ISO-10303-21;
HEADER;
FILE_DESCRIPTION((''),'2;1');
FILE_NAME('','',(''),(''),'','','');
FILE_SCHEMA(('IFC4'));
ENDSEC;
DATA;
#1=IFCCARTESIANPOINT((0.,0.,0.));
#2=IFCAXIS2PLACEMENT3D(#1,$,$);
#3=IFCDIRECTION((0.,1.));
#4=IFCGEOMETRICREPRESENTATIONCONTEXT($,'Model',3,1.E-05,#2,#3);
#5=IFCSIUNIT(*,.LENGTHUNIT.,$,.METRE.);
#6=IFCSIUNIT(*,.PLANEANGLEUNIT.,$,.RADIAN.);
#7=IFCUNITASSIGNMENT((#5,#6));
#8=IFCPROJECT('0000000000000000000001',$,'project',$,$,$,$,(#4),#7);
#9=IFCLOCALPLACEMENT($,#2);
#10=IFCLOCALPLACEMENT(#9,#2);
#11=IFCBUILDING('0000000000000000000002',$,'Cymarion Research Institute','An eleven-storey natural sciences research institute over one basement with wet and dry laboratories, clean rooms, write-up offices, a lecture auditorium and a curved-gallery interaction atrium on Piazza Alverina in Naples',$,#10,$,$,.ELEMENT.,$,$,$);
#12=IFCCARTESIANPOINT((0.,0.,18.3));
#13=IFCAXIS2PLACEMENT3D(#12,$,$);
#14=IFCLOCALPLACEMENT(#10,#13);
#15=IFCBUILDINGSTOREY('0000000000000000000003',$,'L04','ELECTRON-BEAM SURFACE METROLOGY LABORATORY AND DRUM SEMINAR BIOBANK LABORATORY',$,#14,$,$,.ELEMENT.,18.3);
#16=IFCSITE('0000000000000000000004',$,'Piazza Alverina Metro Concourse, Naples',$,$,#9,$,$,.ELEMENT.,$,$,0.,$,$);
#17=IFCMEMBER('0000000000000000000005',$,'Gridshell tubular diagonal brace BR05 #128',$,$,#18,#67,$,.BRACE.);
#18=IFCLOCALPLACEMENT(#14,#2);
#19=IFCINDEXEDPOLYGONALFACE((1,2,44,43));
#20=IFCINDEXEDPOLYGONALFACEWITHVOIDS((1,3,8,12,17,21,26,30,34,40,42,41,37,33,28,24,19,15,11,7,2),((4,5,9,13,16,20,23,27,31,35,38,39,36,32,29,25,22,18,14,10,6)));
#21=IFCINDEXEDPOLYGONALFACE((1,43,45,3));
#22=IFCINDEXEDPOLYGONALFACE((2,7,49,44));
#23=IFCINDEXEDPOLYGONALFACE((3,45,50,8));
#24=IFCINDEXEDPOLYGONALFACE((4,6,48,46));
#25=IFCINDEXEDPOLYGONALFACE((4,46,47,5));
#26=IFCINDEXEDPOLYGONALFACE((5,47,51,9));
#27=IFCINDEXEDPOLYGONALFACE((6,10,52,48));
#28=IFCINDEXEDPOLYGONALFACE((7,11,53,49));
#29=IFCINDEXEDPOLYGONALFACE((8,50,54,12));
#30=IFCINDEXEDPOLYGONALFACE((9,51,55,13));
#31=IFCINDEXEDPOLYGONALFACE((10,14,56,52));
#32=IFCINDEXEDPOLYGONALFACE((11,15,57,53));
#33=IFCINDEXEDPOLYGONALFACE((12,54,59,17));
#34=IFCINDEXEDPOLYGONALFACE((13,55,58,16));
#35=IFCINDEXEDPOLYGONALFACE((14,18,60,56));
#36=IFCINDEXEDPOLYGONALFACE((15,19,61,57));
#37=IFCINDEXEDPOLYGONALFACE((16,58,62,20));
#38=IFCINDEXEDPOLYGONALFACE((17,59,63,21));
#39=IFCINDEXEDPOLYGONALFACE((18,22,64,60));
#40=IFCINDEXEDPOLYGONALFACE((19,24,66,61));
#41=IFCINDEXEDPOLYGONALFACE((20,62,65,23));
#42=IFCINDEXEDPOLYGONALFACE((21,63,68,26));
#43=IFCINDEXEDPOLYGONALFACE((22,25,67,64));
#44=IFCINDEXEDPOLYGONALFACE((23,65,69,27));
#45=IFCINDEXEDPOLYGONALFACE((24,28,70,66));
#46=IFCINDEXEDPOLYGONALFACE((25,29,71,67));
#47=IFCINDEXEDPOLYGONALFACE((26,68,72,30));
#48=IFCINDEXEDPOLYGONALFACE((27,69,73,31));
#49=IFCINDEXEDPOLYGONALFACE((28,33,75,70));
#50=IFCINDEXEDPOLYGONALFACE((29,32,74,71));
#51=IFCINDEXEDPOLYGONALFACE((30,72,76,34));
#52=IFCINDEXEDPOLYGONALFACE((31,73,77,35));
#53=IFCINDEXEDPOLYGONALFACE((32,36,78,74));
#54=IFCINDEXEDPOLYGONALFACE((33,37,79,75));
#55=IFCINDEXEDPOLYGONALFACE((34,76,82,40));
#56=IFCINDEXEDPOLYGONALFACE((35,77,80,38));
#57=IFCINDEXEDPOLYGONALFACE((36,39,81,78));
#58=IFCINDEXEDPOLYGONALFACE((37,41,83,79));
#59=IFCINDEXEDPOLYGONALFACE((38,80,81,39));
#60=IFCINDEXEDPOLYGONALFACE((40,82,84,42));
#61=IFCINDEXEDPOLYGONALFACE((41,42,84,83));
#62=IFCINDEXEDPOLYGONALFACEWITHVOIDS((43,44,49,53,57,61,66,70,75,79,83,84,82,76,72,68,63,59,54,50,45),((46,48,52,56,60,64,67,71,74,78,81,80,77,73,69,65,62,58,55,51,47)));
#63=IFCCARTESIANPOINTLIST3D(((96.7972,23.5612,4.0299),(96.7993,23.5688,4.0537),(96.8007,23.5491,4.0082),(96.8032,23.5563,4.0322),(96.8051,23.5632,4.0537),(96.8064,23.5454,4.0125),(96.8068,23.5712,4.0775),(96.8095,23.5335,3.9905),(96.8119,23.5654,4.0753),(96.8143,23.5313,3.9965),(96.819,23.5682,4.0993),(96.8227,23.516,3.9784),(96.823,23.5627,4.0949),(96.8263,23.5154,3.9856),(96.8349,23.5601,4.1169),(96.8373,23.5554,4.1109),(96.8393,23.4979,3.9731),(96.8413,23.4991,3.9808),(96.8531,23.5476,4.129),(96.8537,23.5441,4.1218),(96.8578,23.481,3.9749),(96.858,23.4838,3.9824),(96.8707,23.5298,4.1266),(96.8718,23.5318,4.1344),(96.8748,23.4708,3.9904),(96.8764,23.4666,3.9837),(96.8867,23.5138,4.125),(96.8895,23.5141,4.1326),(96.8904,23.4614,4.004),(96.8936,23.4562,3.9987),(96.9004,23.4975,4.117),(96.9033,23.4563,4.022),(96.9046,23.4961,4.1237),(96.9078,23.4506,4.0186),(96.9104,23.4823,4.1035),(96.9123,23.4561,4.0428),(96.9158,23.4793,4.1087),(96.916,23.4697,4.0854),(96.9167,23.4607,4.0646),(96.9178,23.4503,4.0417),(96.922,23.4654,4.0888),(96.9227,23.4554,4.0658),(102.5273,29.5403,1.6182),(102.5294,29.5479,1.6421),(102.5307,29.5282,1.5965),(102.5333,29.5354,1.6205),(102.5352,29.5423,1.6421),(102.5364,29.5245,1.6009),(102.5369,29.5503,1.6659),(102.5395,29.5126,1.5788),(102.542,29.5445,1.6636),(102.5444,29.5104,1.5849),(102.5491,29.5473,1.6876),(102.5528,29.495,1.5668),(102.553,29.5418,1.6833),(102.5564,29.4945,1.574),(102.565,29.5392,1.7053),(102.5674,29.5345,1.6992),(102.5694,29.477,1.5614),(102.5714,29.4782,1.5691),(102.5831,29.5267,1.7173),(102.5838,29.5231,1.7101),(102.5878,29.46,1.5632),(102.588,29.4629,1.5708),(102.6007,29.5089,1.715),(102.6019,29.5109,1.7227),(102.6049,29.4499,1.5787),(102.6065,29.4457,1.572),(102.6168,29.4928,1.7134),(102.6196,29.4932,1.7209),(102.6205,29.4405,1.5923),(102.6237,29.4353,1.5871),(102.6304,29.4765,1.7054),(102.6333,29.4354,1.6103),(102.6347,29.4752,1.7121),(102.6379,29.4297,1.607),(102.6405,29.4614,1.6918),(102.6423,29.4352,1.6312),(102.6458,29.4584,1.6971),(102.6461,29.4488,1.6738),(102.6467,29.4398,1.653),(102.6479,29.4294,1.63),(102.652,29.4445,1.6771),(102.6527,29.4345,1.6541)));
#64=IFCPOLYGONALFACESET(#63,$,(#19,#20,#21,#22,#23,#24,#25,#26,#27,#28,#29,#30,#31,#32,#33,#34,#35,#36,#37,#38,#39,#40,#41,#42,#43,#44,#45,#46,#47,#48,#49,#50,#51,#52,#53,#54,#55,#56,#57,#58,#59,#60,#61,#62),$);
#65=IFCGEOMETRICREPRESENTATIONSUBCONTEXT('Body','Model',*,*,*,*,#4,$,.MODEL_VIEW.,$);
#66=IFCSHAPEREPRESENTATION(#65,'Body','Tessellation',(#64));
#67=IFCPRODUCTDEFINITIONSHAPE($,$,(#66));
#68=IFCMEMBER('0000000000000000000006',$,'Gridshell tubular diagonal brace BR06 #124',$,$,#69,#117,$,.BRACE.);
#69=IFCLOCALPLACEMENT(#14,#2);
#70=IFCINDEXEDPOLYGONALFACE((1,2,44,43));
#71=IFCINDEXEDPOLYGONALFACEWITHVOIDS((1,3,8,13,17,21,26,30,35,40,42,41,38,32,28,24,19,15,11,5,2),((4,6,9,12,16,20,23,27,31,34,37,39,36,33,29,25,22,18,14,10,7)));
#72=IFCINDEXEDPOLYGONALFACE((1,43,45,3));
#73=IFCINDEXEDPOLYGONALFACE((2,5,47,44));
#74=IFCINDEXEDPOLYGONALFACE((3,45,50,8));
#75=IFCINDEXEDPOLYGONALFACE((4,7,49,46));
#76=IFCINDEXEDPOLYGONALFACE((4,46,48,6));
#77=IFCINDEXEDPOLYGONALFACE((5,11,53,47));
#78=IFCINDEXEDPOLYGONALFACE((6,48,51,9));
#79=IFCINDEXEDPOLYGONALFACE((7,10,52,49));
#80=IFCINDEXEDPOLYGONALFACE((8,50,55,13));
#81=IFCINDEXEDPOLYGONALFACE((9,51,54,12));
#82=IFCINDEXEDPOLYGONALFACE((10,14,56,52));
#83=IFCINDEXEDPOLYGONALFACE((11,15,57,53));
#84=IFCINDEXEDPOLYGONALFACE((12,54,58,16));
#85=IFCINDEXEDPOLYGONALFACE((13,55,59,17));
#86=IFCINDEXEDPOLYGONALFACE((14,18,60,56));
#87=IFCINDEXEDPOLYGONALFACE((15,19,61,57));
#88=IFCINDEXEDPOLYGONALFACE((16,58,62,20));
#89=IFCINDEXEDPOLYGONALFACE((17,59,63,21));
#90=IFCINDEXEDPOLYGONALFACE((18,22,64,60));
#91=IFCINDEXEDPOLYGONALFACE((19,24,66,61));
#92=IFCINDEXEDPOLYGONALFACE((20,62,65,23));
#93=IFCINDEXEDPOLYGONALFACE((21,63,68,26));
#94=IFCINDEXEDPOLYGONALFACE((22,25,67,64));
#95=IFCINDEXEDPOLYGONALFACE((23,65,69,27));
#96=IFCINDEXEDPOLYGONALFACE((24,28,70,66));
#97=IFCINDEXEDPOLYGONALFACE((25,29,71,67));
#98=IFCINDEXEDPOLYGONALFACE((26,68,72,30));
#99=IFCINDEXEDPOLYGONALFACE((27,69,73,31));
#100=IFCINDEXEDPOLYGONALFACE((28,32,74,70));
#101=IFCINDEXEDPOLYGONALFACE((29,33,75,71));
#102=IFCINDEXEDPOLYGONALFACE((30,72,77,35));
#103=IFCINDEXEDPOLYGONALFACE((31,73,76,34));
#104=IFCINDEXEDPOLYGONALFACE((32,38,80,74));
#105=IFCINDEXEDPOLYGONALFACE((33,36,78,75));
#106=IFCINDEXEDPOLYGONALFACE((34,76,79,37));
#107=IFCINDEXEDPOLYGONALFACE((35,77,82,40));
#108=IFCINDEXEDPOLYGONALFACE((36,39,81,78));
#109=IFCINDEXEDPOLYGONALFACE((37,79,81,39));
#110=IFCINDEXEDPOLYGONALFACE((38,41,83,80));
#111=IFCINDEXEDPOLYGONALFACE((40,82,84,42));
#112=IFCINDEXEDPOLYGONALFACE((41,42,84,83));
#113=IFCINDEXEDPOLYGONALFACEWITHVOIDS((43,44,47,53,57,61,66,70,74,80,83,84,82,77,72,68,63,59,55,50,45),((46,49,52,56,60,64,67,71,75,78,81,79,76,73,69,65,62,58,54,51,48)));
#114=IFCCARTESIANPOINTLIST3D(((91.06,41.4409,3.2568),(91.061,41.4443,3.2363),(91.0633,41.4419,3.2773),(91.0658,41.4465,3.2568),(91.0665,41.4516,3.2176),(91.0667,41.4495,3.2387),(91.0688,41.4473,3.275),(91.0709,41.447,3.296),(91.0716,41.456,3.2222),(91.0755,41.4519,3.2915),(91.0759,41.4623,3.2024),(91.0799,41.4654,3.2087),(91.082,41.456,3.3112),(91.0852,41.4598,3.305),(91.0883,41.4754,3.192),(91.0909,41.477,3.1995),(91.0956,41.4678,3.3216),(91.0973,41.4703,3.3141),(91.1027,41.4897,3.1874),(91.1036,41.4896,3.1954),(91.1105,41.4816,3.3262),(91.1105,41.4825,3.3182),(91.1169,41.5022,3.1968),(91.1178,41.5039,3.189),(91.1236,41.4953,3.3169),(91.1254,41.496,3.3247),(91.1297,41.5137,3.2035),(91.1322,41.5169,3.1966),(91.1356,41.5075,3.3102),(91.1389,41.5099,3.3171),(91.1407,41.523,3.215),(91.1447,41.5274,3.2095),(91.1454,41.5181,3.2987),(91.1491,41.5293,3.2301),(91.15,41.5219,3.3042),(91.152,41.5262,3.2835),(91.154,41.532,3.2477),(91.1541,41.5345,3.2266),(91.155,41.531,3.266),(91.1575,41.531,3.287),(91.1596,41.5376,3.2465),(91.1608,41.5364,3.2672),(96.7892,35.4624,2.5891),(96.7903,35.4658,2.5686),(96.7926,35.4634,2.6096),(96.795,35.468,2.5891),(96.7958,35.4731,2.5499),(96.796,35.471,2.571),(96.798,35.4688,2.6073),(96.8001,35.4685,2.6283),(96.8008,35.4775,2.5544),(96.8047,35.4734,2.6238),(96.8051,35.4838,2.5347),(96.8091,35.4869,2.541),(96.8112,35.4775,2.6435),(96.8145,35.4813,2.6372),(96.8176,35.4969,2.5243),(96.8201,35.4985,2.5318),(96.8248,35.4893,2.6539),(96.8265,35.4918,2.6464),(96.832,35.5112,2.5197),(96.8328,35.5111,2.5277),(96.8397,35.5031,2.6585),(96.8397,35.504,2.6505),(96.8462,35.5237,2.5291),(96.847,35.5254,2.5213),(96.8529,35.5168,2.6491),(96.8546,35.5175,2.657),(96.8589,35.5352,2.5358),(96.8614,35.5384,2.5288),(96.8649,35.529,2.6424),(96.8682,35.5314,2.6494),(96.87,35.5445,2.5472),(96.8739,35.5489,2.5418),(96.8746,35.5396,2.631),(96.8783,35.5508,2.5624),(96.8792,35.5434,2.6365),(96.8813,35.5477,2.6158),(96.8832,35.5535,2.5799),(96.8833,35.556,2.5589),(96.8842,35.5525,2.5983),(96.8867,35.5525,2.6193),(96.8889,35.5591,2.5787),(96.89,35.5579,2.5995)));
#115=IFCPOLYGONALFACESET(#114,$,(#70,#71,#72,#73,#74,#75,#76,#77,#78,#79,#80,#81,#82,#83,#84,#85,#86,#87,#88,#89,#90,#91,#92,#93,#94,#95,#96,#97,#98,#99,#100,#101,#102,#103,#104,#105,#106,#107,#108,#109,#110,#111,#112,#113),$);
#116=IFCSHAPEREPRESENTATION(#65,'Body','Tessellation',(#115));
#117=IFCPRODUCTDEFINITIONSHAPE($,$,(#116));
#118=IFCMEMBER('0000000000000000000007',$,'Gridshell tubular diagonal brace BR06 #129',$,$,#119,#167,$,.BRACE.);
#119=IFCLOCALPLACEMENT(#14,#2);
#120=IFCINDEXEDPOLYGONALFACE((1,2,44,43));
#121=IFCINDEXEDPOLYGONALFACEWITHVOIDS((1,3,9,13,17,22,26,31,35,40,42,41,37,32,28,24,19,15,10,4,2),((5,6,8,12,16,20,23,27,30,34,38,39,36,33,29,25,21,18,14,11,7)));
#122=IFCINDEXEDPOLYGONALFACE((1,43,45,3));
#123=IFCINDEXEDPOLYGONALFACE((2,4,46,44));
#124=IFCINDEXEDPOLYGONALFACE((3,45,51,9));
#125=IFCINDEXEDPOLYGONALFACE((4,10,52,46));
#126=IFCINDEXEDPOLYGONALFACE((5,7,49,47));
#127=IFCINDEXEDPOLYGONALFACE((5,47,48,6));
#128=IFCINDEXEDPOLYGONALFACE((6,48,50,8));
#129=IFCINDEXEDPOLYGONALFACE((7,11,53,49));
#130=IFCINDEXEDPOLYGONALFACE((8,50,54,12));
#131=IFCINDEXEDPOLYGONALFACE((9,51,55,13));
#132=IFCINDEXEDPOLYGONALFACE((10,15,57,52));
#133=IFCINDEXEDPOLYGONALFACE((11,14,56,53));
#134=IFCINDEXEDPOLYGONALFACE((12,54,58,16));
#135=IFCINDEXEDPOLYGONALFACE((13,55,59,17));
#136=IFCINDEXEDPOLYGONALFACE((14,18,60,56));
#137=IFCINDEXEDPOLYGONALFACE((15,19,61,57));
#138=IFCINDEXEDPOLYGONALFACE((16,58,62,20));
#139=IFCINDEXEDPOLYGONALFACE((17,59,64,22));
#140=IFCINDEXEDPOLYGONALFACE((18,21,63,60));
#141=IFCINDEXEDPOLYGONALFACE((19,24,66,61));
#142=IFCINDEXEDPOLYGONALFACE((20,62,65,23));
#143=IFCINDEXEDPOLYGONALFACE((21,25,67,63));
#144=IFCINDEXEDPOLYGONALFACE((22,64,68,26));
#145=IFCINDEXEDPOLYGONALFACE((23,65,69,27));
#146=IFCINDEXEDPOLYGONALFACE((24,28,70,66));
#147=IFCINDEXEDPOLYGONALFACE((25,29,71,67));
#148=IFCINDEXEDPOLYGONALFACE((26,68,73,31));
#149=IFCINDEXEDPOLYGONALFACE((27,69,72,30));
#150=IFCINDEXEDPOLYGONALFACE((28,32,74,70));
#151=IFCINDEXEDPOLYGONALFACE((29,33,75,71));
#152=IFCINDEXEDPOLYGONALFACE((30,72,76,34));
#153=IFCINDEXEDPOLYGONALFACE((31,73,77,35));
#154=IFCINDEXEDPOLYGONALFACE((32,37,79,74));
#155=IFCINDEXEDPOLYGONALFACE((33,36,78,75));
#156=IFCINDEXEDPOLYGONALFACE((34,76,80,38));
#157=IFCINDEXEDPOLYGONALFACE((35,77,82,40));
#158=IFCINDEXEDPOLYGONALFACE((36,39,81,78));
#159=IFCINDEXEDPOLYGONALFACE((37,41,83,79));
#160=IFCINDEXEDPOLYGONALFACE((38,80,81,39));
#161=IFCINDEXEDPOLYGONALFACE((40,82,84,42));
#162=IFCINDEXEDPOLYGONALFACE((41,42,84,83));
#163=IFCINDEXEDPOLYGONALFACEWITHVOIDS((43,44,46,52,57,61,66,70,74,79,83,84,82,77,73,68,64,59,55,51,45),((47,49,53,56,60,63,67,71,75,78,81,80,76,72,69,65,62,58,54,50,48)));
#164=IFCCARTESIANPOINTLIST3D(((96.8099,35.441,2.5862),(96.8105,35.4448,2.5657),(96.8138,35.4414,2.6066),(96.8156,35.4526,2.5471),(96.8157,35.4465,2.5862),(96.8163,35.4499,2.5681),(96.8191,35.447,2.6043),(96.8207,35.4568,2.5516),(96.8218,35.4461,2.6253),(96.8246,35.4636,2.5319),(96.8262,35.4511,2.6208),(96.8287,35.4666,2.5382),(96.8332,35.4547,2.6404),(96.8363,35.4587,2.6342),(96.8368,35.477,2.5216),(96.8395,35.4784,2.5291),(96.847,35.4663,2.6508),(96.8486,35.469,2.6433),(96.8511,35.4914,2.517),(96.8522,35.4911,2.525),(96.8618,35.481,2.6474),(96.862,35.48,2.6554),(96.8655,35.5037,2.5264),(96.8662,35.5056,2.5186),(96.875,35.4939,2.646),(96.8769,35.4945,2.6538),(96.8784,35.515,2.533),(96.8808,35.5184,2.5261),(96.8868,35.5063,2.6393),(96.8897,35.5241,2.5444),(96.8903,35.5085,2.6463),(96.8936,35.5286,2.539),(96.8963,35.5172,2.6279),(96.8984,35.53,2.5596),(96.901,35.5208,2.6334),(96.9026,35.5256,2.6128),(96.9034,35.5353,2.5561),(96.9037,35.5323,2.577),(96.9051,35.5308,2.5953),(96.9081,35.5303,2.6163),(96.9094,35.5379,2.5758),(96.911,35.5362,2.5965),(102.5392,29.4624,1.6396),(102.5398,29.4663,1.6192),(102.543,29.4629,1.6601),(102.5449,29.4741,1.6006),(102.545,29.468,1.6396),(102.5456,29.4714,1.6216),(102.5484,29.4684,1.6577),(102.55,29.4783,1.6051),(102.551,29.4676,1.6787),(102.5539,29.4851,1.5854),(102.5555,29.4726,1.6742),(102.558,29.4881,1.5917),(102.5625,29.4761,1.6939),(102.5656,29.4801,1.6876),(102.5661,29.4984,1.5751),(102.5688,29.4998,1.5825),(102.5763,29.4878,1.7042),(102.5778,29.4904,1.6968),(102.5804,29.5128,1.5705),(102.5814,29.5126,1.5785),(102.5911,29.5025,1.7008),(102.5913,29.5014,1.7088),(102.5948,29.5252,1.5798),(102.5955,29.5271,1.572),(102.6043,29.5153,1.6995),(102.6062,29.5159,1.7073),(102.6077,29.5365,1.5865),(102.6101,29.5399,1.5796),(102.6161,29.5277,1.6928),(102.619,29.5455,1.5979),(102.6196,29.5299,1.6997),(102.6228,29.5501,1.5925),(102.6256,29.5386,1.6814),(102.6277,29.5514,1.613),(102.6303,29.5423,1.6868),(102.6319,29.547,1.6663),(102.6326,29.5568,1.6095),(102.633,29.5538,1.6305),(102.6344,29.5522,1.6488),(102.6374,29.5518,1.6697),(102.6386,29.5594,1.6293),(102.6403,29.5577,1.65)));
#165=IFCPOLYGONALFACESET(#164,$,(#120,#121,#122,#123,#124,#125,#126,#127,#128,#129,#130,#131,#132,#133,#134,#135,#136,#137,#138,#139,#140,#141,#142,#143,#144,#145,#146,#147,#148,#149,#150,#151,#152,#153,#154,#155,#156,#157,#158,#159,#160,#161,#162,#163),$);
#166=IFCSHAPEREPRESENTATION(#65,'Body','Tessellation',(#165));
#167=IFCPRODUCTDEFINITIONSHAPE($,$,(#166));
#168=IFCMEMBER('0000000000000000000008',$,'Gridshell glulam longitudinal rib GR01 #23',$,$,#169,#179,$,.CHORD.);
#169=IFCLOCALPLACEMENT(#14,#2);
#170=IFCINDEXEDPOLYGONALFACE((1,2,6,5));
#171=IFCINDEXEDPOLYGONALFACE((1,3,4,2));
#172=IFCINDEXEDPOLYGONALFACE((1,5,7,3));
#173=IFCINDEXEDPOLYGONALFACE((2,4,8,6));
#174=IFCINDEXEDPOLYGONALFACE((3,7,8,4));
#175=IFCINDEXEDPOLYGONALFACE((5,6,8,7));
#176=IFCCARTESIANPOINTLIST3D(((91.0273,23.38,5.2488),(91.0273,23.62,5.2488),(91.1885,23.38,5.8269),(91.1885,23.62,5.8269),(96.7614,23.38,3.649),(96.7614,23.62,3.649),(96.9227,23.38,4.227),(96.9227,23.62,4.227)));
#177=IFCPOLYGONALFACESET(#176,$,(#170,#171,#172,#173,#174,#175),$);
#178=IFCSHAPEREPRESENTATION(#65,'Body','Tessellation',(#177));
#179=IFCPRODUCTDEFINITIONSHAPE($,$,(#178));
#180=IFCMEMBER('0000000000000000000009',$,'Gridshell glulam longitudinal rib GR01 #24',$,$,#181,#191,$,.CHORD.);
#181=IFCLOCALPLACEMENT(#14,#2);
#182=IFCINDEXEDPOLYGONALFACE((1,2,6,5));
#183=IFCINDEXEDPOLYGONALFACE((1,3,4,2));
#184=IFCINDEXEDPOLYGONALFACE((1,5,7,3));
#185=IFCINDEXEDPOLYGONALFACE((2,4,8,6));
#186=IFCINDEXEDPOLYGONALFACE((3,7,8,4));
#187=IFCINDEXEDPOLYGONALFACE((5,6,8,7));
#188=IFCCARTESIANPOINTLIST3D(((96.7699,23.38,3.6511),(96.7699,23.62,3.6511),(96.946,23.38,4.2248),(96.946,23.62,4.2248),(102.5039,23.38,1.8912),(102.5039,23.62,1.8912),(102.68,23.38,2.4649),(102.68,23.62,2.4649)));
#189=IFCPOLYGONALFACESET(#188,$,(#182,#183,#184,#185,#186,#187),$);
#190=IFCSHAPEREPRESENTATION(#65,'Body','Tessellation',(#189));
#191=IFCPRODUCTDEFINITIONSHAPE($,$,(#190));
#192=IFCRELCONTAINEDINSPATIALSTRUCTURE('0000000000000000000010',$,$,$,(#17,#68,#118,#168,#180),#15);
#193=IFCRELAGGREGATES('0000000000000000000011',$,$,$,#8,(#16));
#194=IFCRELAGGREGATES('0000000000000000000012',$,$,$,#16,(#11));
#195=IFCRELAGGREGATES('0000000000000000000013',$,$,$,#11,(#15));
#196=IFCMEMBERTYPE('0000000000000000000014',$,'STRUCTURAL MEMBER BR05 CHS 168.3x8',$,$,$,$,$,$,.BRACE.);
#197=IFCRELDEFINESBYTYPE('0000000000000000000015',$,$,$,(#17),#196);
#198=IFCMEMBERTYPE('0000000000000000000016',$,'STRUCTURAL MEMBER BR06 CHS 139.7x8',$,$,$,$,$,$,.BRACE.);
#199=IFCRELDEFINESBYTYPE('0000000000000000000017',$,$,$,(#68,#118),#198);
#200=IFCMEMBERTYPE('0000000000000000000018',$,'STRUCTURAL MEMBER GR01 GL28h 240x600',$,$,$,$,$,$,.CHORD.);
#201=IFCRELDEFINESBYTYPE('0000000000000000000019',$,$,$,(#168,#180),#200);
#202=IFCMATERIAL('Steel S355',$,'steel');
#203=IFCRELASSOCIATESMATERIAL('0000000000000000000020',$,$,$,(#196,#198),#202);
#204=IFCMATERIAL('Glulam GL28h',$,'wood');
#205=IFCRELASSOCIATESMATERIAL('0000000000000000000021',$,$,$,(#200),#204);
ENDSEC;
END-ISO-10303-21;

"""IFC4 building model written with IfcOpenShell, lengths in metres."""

from ifc_helpers import new_model, si_unit, direction, frame, origin, origin_2d, place, context, subcontext, project, spatial, rectangle, hollow_circle, extrude, material, material_profile, profile_set, type_object, element, save


model = new_model("IFC4")

# Units and contexts
model_context = context("Model", 3, precision=1e-05, world=origin(), true_north=direction((0.0, 1.0)))
body_context = subcontext(model_context, "Body", "Model", "MODEL_VIEW")
ifc_project = project(units=[si_unit("LENGTHUNIT", "METRE"), si_unit("PLANEANGLEUNIT", "RADIAN")], contexts=[model_context])

# Site, building, storey
site_placement = place(None, origin())
site = spatial("IfcSite", under=ifc_project, at=site_placement, Name="Piazza Alverina Metro Concourse, Naples", CompositionType="ELEMENT", RefElevation=0.0)
building_placement = place(site_placement, origin())
building = spatial("IfcBuilding", under=site, at=building_placement, Name="Cymarion Research Institute", Description="An eleven-storey natural sciences research institute over one basement with wet and dry laboratories, clean rooms, write-up offices, a lecture auditorium and a curved-gallery interaction atrium on Piazza Alverina in Naples", CompositionType="ELEMENT")
storey_placement = place(building_placement, frame((0.0, 0.0, 18.3)))
storey = spatial("IfcBuildingStorey", under=building, at=storey_placement, Name="L04", Description="ELECTRON-BEAM SURFACE METROLOGY LABORATORY AND DRUM SEMINAR BIOBANK LABORATORY", CompositionType="ELEMENT", Elevation=18.3)

# Shared definitions
ifc_material_1 = material(Name="Steel S355", Category="steel")

# Members
ifc_material_profile_1 = material_profile(ifc_material_1, hollow_circle(Radius=0.0842, WallThickness=0.0081, at=origin_2d()), Name="CHS 168.3x8")
ifc_profile_set_1 = profile_set([ifc_material_profile_1], Name="Steel S355")
member_type_1 = type_object("IfcMemberType", Name="STRUCTURAL MEMBER BR05 CHS 168.3x8", PredefinedType="BRACE", material=ifc_profile_set_1)
member_1_placement = place(storey_placement, frame((96.8601, 23.5105, 4.0537), z_axis=(0.664317, 0.693188, -0.279596), x_axis=(-0.721982, 0.691912, 0.0)))
element("IfcMember", 1, at=member_1_placement, inside=storey, type_object=member_type_1, Name="Gridshell tubular diagonal brace BR05 #128", PredefinedType="BRACE", context=body_context, shape_type="SweptSolid", body=[
    extrude(hollow_circle(Radius=0.0842, WallThickness=0.0081, at=origin_2d()), origin(), (0.0, 0.0, 1.0), 8.6255),
])
ifc_material_profile_2 = material_profile(ifc_material_1, hollow_circle(Radius=0.0698, WallThickness=0.0081, at=origin_2d()), Name="CHS 139.7x8")
ifc_profile_set_2 = profile_set([ifc_material_profile_2], Name="Steel S355")
member_type_2 = type_object("IfcMemberType", Name="STRUCTURAL MEMBER BR06 CHS 139.7x8", PredefinedType="BRACE", material=ifc_profile_set_2)
member_2_placement = place(storey_placement, frame((96.8396, 35.5107, 2.5891), z_axis=(-0.689657, 0.719662, 0.080377), x_axis=(-0.721998, -0.691895, 0.0)))
element("IfcMember", 2, at=member_2_placement, inside=storey, type_object=member_type_2, Name="Gridshell tubular diagonal brace BR06 #124", PredefinedType="BRACE", context=body_context, shape_type="SweptSolid", body=[
    extrude(hollow_circle(Radius=0.0698, WallThickness=0.0081, at=origin_2d()), origin(), (0.0, 0.0, 1.0), 8.3074),
])
member_3_placement = place(storey_placement, frame((102.5896, 29.5107, 1.6396), z_axis=(-0.687419, 0.717327, 0.113569), x_axis=(-0.721998, -0.691895, 0.0)))
element("IfcMember", 3, at=member_3_placement, inside=storey, type_object=member_type_2, Name="Gridshell tubular diagonal brace BR06 #129", PredefinedType="BRACE", context=body_context, shape_type="SweptSolid", body=[
    extrude(hollow_circle(Radius=0.0698, WallThickness=0.0081, at=origin_2d()), origin(), (0.0, 0.0, 1.0), 8.3345),
])
ifc_material_2 = material(Name="Glulam GL28h", Category="wood")
ifc_material_profile_3 = material_profile(ifc_material_2, rectangle(XDim=0.24, YDim=0.6001, at=origin_2d()), Name="GL28h 240x600")
ifc_profile_set_3 = profile_set([ifc_material_profile_3], Name="Glulam GL28h")
member_type_3 = type_object("IfcMemberType", Name="STRUCTURAL MEMBER GR01 GL28h 240x600", PredefinedType="CHORD", material=ifc_profile_set_3)
member_4_placement = place(storey_placement, frame((91.1079, 23.5, 5.5378), z_axis=(0.963212, 0.0, -0.268741), x_axis=(0.0, 1.0, 0.0)))
element("IfcMember", 4, at=member_4_placement, inside=storey, type_object=member_type_3, Name="Gridshell glulam longitudinal rib GR01 #23", PredefinedType="CHORD", context=body_context, shape_type="SweptSolid", body=[
    extrude(rectangle(XDim=0.24, YDim=0.6001, at=origin_2d()), origin(), (0.0, 0.0, 1.0), 5.9531),
])
member_5_placement = place(storey_placement, frame((96.8579, 23.5, 3.938), z_axis=(0.955982, 0.0, -0.293425), x_axis=(0.0, 1.0, 0.0)))
element("IfcMember", 5, at=member_5_placement, inside=storey, type_object=member_type_3, Name="Gridshell glulam longitudinal rib GR01 #24", PredefinedType="CHORD", context=body_context, shape_type="SweptSolid", body=[
    extrude(rectangle(XDim=0.24, YDim=0.6001, at=origin_2d()), origin(), (0.0, 0.0, 1.0), 5.998),
])

save(model, "model.ifc")
